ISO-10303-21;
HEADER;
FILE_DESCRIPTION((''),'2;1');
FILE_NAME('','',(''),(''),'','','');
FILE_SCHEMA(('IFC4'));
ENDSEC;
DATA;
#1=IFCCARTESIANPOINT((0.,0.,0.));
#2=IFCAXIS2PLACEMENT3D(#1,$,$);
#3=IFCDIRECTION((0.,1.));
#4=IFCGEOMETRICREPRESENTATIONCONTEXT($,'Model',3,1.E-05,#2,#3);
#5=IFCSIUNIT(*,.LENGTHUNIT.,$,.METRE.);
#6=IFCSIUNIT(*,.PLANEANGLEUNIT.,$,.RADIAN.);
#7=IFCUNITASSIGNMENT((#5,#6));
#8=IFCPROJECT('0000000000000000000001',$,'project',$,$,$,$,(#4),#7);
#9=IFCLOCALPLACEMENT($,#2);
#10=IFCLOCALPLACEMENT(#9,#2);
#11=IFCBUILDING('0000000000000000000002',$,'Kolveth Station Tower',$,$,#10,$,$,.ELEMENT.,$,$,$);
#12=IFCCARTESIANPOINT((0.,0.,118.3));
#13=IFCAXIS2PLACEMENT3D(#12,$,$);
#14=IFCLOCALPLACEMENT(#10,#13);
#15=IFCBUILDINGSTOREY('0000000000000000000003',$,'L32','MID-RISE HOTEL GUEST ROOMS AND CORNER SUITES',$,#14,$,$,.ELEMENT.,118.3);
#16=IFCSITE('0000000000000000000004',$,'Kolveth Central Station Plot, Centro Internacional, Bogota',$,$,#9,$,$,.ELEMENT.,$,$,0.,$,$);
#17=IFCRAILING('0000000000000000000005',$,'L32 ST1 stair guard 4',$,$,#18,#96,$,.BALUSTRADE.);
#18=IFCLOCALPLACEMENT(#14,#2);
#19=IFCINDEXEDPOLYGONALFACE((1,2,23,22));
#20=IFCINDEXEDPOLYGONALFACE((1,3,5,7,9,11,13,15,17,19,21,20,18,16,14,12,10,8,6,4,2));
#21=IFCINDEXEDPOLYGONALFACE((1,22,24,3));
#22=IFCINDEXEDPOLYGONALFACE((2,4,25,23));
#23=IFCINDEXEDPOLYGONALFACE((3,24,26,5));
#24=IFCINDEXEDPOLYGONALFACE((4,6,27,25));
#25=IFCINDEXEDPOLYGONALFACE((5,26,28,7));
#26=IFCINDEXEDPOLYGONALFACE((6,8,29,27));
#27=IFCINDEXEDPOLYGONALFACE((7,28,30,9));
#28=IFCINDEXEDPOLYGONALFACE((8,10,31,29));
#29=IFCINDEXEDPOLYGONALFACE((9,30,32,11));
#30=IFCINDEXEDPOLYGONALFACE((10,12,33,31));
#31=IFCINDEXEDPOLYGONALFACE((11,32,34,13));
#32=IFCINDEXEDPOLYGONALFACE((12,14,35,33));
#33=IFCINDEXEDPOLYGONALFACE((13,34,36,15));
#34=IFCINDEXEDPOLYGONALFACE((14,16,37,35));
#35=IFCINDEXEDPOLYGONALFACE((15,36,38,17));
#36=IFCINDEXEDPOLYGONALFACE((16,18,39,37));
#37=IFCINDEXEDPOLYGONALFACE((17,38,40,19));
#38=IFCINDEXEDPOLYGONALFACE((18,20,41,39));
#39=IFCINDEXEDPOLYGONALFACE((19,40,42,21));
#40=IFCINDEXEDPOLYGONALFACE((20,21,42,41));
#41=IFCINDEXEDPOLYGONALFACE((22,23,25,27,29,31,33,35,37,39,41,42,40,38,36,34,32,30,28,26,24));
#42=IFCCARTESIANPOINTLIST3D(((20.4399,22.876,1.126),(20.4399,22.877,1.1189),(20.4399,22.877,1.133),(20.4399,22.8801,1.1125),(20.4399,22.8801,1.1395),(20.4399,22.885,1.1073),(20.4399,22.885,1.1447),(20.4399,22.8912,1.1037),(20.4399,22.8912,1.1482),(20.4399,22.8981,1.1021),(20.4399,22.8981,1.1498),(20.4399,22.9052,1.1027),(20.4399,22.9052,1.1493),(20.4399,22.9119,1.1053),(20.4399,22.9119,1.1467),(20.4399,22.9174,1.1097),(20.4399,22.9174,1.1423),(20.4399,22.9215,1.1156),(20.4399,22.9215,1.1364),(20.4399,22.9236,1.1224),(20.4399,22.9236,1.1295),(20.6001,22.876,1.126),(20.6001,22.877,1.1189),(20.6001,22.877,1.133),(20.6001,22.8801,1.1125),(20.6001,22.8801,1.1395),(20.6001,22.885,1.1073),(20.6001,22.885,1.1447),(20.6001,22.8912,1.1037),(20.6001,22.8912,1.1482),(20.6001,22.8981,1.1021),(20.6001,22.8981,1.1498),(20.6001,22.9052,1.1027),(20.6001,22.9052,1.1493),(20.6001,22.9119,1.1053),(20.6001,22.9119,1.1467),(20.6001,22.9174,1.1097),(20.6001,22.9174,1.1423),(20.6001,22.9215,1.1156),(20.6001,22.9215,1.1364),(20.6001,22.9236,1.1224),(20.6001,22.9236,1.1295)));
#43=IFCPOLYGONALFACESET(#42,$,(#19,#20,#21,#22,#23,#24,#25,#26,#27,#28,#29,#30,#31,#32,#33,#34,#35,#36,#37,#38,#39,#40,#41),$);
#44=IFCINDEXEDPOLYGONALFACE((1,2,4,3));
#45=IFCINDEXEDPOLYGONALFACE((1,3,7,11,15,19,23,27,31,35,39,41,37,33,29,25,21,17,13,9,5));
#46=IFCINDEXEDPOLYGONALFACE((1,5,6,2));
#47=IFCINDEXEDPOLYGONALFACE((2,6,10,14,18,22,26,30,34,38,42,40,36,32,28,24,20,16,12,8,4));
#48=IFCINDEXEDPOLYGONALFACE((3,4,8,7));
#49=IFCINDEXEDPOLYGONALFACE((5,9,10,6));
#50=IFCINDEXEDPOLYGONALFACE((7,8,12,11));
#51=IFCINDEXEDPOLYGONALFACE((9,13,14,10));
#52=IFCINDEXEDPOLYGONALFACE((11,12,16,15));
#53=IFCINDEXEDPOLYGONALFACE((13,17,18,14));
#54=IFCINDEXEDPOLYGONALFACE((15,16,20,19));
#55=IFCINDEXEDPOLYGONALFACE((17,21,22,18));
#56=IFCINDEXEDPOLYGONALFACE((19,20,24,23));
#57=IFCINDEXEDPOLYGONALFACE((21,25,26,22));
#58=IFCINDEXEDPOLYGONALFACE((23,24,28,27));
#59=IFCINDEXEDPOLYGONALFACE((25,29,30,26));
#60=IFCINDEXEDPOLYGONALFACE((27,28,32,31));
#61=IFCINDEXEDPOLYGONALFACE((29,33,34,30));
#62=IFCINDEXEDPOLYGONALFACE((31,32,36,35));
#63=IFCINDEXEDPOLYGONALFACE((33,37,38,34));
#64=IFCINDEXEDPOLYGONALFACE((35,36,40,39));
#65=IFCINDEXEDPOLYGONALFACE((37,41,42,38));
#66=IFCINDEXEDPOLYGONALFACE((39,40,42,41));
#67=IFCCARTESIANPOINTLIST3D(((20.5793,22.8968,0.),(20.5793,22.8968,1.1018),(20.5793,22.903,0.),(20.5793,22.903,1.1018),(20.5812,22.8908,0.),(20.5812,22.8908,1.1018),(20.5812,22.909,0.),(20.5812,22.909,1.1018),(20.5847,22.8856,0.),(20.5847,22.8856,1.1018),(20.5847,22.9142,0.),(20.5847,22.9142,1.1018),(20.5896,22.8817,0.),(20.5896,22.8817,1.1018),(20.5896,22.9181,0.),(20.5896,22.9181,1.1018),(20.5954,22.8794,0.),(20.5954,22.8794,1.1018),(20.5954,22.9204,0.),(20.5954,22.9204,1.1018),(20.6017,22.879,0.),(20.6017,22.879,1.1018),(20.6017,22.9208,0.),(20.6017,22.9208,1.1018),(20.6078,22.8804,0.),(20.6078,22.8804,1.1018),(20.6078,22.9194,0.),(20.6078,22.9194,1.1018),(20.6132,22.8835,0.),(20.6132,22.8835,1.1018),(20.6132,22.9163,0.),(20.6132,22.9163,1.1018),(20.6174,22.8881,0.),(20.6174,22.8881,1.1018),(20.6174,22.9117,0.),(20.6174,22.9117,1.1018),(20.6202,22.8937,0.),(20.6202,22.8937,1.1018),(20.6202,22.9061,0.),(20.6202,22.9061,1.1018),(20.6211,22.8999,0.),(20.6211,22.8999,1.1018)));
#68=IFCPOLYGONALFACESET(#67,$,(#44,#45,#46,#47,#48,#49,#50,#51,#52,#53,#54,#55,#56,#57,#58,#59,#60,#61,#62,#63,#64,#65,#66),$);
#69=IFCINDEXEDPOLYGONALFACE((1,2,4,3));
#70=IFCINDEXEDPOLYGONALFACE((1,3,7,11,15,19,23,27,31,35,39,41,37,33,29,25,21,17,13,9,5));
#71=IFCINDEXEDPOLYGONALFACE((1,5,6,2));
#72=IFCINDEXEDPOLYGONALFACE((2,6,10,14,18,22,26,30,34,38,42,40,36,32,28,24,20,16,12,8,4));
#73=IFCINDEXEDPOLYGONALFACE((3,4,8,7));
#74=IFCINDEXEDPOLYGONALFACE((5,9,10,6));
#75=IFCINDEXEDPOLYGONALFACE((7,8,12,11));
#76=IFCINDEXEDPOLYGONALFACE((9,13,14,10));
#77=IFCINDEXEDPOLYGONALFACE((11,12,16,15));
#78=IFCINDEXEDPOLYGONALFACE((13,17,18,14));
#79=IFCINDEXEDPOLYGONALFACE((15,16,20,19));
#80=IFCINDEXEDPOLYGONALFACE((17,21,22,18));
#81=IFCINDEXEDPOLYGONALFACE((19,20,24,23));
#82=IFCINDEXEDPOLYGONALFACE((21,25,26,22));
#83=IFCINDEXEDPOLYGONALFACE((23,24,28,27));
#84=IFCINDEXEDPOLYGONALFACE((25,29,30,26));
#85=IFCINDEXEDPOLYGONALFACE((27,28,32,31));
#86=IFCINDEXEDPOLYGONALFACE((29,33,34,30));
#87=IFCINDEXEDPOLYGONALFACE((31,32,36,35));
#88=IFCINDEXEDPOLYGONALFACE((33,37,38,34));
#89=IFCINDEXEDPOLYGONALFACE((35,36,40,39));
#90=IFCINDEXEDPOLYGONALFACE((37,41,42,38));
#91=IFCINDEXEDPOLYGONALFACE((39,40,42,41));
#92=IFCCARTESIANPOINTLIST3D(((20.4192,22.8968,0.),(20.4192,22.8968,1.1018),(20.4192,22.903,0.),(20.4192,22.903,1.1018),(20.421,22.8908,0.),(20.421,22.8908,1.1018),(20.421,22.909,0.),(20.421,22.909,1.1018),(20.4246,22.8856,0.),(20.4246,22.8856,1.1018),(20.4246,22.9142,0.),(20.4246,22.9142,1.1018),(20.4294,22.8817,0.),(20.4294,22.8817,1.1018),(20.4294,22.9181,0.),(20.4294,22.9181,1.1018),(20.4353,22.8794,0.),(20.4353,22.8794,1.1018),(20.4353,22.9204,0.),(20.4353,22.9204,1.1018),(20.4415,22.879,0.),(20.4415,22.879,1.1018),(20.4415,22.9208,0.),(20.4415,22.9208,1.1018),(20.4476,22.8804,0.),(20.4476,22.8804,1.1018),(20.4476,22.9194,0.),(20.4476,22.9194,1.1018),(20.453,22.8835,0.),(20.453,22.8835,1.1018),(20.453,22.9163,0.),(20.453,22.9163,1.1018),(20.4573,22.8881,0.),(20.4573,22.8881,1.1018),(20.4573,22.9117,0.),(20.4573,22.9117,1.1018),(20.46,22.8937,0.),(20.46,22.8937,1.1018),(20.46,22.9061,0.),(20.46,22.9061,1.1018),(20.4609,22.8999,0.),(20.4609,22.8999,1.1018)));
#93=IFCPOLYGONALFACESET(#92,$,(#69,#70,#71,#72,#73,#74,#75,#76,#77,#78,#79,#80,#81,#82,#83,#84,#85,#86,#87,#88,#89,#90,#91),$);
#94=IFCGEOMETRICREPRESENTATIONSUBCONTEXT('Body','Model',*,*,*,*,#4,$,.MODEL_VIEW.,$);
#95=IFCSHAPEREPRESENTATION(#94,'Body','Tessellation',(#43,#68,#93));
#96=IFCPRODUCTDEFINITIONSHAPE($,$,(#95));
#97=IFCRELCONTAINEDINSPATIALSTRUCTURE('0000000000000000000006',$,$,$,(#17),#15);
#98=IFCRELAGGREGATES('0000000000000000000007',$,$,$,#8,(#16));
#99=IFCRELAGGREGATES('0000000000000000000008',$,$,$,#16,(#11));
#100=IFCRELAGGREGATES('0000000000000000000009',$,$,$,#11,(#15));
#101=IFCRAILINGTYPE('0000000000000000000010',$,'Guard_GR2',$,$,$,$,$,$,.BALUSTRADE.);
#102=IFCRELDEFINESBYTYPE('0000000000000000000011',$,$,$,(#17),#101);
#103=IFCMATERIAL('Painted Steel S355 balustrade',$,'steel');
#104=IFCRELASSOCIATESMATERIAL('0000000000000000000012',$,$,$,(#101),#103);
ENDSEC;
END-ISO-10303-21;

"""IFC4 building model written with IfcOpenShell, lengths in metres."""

from ifc_helpers import new_model, si_unit, direction, frame, origin, origin_2d, place, context, subcontext, project, spatial, circle, extrude, material, type_object, element, save


model = new_model("IFC4")

# Units and contexts
model_context = context("Model", 3, precision=1e-05, world=origin(), true_north=direction((0.0, 1.0)))
body_context = subcontext(model_context, "Body", "Model", "MODEL_VIEW")
ifc_project = project(units=[si_unit("LENGTHUNIT", "METRE"), si_unit("PLANEANGLEUNIT", "RADIAN")], contexts=[model_context])

# Site, building, storey
site_placement = place(None, origin())
site = spatial("IfcSite", under=ifc_project, at=site_placement, Name="Kolveth Central Station Plot, Centro Internacional, Bogota", CompositionType="ELEMENT", RefElevation=0.0)
building_placement = place(site_placement, origin())
building = spatial("IfcBuilding", under=site, at=building_placement, Name="Kolveth Station Tower", CompositionType="ELEMENT")
storey_placement = place(building_placement, frame((0.0, 0.0, 118.3)))
storey = spatial("IfcBuildingStorey", under=building, at=storey_placement, Name="L32", Description="MID-RISE HOTEL GUEST ROOMS AND CORNER SUITES", CompositionType="ELEMENT", Elevation=118.3)

# Railing
ifc_material_1 = material(Name="Painted Steel S355 balustrade", Category="steel")
railing_type_1 = type_object("IfcRailingType", Name="Guard_GR2", PredefinedType="BALUSTRADE", material=ifc_material_1)
railing_1_placement = place(storey_placement, frame((20.6001, 22.8999, 0.0)))
element("IfcRailing", 1, at=railing_1_placement, inside=storey, type_object=railing_type_1, Name="L32 ST1 stair guard 4", PredefinedType="BALUSTRADE", context=body_context, shape_type="SweptSolid", body=[
    extrude(circle(Radius=0.0239, at=origin_2d()), frame((0.0, 0.0, 1.126), z_axis=(-1.0, 0.0, 0.0), x_axis=(0.0, -1.0, 0.0)), (0.0, 0.0, 1.0), 0.1602),
    extrude(circle(Radius=0.021, at=origin_2d()), origin(), (0.0, 0.0, 1.0), 1.1018),
    extrude(circle(Radius=0.021, at=origin_2d()), frame((-0.1602, 0.0, 0.0)), (0.0, 0.0, 1.0), 1.1018),
])

save(model, "model.ifc")
